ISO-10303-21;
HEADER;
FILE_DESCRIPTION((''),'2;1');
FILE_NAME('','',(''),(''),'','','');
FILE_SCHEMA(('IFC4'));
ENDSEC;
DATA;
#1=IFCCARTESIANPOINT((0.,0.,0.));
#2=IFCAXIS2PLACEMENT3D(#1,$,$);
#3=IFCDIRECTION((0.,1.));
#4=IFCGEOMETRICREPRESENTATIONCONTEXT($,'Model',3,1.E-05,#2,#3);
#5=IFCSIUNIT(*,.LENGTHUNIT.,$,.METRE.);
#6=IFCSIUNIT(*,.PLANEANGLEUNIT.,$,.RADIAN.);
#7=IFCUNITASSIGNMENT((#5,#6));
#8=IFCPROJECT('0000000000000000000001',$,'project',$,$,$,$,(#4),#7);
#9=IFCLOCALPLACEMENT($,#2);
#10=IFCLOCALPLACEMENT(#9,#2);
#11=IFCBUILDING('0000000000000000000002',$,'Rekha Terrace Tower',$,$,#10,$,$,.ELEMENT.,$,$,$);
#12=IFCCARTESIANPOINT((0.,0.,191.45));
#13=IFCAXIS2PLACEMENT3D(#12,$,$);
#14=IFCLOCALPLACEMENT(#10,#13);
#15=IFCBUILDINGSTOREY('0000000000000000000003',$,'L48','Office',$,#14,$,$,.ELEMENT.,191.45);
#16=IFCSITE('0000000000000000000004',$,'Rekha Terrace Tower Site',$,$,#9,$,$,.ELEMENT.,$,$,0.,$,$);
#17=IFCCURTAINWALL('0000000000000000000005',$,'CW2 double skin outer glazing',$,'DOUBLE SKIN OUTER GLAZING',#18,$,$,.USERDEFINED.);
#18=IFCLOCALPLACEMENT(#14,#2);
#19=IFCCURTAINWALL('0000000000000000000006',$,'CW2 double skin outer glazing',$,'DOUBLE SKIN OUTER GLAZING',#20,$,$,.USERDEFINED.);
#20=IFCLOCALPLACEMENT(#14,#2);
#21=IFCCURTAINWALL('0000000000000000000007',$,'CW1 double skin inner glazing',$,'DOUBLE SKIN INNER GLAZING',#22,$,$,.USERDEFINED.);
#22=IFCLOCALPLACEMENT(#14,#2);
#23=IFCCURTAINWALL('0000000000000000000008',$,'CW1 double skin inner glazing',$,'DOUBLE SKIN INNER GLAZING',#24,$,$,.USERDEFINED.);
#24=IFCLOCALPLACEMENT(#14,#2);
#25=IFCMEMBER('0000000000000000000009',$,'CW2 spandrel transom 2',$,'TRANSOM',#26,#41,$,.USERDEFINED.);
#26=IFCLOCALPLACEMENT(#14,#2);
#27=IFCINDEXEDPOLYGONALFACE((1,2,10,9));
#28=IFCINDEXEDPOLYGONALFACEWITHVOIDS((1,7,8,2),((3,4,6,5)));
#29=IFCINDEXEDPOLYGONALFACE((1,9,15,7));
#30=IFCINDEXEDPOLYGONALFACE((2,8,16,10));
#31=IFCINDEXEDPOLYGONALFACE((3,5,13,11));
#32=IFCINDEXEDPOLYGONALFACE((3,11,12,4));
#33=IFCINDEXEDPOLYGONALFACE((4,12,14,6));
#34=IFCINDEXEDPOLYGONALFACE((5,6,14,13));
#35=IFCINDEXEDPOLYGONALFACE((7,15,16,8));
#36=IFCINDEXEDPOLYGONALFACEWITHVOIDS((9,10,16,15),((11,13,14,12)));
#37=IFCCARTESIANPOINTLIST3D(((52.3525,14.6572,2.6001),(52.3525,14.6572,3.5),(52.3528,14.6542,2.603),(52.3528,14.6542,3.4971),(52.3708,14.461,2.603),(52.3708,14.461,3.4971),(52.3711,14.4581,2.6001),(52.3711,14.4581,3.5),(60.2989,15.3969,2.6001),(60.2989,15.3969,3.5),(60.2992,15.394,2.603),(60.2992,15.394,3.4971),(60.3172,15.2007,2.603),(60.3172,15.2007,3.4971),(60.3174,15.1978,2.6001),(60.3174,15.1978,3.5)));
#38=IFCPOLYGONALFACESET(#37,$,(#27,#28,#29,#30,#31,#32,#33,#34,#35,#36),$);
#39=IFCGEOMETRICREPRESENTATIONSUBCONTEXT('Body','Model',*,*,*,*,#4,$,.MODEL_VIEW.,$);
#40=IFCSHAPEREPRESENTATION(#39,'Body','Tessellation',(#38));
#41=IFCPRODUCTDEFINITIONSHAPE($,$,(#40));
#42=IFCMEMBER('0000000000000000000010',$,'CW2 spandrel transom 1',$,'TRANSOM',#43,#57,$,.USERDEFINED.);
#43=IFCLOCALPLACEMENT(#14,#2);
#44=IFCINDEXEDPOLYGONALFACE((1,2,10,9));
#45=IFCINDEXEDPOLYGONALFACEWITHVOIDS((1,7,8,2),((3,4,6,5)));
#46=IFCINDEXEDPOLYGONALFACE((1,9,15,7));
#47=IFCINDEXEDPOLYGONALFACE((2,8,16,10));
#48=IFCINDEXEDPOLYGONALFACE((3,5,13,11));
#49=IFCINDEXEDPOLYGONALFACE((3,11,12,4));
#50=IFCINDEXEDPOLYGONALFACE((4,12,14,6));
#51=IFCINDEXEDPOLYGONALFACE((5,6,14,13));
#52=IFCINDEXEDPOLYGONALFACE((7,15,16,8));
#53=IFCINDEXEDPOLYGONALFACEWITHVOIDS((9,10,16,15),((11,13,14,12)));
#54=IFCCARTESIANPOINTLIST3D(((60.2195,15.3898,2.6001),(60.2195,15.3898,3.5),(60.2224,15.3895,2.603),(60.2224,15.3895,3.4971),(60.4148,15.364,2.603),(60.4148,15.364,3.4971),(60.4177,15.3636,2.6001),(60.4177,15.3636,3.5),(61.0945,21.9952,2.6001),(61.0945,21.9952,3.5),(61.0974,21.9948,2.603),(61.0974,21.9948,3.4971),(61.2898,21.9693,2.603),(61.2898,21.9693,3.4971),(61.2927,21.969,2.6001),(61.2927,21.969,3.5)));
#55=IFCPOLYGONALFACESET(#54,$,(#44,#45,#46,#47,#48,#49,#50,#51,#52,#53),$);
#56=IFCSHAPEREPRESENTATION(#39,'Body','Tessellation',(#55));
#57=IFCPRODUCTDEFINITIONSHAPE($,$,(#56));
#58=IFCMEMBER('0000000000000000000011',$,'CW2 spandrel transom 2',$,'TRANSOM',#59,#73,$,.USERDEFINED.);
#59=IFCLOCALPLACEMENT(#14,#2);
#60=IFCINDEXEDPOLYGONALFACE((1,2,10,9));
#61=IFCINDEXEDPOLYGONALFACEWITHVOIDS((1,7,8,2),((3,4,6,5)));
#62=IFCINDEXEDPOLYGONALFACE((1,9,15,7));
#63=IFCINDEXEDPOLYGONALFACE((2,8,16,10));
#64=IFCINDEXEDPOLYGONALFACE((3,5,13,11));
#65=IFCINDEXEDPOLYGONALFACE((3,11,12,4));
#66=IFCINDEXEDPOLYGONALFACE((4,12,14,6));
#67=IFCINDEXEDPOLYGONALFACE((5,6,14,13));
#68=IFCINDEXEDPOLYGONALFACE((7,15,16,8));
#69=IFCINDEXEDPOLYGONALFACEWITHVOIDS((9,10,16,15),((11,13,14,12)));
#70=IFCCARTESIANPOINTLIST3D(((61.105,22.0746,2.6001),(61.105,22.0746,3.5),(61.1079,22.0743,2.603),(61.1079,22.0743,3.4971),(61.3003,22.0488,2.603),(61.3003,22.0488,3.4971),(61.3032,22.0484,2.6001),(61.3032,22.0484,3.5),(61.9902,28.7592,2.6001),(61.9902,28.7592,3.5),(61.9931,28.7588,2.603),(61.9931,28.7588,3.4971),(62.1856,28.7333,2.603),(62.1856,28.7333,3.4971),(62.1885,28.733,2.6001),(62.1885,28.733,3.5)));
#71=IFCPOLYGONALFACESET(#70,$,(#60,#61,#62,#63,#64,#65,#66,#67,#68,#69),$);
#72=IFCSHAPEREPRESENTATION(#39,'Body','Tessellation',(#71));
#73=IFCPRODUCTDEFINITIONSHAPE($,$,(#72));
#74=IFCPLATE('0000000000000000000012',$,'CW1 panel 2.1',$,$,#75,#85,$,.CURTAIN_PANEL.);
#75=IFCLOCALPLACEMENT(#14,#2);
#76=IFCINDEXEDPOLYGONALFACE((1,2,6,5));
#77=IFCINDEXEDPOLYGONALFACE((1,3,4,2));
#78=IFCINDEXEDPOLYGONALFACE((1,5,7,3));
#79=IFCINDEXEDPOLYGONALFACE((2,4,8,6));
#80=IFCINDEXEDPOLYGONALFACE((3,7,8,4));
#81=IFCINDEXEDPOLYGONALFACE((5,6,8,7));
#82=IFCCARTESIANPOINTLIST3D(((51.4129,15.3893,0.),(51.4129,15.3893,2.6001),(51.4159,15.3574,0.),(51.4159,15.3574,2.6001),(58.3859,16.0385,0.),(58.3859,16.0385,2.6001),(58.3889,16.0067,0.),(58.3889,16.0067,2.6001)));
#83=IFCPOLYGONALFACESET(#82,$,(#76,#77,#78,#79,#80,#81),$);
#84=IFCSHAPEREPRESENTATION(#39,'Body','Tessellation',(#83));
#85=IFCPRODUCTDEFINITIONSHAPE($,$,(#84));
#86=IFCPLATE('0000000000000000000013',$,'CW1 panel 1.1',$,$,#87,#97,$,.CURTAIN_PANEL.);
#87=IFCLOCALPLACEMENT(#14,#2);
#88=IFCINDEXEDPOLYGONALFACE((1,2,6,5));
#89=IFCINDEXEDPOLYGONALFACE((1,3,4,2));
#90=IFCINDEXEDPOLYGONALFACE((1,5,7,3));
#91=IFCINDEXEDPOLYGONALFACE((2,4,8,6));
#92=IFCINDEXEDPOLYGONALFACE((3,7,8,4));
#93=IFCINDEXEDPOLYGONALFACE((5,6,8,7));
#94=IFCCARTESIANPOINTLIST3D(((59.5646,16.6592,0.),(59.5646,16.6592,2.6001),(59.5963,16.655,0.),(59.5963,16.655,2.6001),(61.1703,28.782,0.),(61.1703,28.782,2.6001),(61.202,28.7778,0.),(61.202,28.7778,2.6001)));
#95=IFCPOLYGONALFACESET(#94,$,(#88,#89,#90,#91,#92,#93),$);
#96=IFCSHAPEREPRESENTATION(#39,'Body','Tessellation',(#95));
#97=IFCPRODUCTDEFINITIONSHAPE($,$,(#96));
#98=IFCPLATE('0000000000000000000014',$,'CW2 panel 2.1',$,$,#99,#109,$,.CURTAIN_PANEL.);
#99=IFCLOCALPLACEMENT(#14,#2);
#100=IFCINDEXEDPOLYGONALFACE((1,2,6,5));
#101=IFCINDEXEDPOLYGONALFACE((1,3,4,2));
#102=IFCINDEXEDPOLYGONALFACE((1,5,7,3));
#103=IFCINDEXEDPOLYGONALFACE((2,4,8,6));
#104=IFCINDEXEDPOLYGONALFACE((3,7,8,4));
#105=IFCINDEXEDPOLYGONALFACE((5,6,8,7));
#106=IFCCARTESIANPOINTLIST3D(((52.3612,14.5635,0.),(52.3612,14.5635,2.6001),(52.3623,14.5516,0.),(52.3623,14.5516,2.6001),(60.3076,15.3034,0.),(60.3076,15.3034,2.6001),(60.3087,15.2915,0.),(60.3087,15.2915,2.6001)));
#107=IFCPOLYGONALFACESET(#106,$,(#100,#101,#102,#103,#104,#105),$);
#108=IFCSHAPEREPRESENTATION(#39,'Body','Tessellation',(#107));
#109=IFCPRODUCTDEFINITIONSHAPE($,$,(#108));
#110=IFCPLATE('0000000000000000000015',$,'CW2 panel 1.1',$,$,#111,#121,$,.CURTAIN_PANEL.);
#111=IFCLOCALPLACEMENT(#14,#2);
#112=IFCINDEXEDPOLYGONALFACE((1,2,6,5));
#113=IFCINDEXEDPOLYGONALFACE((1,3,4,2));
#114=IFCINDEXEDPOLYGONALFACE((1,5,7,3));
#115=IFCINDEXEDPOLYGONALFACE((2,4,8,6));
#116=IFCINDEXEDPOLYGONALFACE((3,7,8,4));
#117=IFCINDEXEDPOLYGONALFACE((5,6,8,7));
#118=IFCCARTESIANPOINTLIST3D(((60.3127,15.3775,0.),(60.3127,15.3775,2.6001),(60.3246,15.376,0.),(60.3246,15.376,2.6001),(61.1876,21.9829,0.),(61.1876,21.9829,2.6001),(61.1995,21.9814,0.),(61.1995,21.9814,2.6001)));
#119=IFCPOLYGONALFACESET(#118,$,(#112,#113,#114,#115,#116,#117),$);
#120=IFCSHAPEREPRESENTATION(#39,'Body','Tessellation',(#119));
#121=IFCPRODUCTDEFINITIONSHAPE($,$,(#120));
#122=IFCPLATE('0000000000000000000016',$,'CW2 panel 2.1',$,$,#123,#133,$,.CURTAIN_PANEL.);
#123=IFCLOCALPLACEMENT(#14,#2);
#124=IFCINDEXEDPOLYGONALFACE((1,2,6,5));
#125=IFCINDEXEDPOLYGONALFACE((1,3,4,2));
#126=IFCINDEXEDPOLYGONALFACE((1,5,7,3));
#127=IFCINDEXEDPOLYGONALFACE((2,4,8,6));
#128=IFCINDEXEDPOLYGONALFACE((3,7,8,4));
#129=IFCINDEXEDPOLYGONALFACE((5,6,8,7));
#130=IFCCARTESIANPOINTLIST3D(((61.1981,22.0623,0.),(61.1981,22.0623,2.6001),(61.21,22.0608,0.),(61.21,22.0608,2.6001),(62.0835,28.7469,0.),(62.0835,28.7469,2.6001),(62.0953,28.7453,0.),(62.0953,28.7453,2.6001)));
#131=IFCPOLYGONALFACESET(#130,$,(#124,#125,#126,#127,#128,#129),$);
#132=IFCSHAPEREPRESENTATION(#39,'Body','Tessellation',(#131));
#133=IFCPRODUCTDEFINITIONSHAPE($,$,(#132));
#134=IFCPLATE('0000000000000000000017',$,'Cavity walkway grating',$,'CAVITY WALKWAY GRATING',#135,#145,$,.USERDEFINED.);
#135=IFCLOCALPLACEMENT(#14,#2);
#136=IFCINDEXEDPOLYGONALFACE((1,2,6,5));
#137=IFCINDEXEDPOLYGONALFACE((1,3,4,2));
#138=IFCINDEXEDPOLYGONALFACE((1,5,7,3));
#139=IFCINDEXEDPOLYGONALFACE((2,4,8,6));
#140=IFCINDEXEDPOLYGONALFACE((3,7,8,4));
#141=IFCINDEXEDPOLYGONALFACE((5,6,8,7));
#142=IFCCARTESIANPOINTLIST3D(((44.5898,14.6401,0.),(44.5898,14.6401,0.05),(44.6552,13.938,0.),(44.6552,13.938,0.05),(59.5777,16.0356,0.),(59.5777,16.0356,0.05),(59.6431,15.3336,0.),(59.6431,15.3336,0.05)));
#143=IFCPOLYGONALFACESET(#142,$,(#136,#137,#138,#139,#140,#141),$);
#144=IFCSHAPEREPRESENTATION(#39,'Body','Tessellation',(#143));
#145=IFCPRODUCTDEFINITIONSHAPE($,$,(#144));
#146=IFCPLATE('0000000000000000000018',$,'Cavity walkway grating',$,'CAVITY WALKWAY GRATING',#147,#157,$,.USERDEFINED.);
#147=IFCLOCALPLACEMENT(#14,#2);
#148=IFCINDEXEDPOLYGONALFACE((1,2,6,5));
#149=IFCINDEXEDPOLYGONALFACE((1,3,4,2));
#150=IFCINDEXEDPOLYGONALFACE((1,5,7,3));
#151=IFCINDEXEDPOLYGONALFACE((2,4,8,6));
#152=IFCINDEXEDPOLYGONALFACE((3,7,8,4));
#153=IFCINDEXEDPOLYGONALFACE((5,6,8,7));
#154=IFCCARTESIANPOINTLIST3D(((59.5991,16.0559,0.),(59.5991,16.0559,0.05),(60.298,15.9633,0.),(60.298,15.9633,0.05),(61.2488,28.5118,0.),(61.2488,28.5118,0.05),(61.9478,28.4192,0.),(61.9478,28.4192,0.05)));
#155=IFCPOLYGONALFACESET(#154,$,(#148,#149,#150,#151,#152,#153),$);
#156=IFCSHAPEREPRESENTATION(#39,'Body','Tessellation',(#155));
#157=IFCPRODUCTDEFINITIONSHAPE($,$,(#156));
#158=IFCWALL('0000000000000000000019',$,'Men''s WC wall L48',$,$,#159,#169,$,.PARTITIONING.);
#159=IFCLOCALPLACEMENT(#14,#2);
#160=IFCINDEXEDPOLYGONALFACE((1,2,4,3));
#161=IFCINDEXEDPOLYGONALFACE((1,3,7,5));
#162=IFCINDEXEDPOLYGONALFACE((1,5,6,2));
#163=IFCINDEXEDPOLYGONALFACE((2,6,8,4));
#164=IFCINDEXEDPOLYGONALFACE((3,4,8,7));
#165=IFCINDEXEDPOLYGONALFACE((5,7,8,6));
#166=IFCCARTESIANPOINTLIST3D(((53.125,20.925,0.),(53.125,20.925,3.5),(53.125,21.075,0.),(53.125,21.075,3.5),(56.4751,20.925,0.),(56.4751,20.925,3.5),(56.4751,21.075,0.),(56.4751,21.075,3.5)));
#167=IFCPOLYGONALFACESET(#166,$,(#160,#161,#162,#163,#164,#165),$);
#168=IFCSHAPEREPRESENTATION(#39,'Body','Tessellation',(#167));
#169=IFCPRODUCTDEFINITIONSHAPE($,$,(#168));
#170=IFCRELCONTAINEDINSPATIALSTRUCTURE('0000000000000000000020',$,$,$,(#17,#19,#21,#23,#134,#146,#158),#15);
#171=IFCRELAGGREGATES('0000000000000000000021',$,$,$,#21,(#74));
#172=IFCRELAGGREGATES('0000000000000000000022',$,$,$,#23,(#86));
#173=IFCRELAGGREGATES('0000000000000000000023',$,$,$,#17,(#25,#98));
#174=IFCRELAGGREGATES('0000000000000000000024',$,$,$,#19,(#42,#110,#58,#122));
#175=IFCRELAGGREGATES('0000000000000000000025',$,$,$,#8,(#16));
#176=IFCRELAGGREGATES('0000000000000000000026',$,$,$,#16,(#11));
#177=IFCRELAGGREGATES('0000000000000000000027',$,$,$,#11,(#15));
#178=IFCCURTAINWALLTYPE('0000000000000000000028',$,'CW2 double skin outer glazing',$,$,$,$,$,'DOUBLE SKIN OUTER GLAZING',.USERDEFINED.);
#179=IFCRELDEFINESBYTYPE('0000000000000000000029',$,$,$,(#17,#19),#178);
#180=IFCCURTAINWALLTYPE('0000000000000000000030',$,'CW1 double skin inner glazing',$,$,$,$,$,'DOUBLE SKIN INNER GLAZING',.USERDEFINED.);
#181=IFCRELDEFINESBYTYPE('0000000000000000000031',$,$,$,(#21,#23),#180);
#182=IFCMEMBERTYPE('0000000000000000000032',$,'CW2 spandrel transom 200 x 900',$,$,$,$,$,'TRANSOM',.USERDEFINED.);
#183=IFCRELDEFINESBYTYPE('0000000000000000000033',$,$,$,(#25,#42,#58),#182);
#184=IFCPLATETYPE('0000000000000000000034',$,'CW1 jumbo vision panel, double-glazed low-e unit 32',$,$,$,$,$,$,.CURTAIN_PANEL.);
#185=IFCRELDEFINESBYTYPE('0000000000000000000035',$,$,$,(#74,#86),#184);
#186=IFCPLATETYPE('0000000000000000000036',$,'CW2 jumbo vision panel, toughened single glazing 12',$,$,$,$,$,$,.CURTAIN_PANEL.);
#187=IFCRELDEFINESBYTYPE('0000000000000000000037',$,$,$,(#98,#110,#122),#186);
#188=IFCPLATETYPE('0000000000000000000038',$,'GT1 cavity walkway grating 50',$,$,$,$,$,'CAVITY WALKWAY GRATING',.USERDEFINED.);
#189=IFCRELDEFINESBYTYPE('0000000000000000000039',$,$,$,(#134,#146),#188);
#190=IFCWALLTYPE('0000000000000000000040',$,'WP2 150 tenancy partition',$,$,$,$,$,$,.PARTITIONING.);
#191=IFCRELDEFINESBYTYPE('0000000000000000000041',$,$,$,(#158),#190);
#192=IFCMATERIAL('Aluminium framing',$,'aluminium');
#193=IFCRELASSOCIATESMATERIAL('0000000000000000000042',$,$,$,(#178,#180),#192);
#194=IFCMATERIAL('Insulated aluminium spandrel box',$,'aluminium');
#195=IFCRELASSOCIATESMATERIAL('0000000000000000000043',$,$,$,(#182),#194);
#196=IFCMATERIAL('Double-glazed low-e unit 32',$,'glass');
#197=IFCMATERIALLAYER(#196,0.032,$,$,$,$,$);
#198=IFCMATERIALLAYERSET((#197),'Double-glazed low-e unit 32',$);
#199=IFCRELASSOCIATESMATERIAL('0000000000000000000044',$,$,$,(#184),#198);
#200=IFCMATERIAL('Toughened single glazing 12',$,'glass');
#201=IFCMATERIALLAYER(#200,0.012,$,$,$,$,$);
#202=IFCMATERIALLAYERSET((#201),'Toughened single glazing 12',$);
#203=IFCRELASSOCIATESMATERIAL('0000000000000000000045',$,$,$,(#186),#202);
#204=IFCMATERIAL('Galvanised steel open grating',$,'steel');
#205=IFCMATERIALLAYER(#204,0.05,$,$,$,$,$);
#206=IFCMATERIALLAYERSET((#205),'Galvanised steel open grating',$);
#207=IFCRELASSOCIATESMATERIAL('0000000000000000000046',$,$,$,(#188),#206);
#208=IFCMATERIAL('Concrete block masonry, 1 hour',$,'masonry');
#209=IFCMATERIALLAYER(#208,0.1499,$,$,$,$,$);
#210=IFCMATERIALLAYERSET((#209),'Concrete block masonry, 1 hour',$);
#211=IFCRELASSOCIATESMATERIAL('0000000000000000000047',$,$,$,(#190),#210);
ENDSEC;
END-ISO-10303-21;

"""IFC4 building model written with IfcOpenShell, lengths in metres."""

from ifc_helpers import new_model, si_unit, direction, frame, frame_2d, origin, origin_2d, place, context, subcontext, project, spatial, rectangle, hollow_rectangle, extrude, material, layer, layer_set, material_profile, profile_set, type_object, element, aggregate, save


model = new_model("IFC4")

# Units and contexts
model_context = context("Model", 3, precision=1e-05, world=origin(), true_north=direction((0.0, 1.0)))
body_context = subcontext(model_context, "Body", "Model", "MODEL_VIEW")
ifc_project = project(units=[si_unit("LENGTHUNIT", "METRE"), si_unit("PLANEANGLEUNIT", "RADIAN")], contexts=[model_context])

# Site, building, storey
site_placement = place(None, origin())
site = spatial("IfcSite", under=ifc_project, at=site_placement, Name="Rekha Terrace Tower Site", CompositionType="ELEMENT", RefElevation=0.0)
building_placement = place(site_placement, origin())
building = spatial("IfcBuilding", under=site, at=building_placement, Name="Rekha Terrace Tower", CompositionType="ELEMENT")
storey_placement = place(building_placement, frame((0.0, 0.0, 191.45)))
storey = spatial("IfcBuildingStorey", under=building, at=storey_placement, Name="L48", Description="Office", CompositionType="ELEMENT", Elevation=191.45)

# Curtain walls
ifc_material_1 = material(Name="Aluminium framing", Category="aluminium")
curtain_wall_type_1 = type_object("IfcCurtainWallType", Name="CW2 double skin outer glazing", ElementType="DOUBLE SKIN OUTER GLAZING", PredefinedType="USERDEFINED", material=ifc_material_1)
curtain_wall_1_placement = place(storey_placement, origin())
curtain_wall_1 = element("IfcCurtainWall", 1, at=curtain_wall_1_placement, inside=storey, type_object=curtain_wall_type_1, Name="CW2 double skin outer glazing", ObjectType="DOUBLE SKIN OUTER GLAZING", PredefinedType="USERDEFINED")
curtain_wall_2_placement = place(storey_placement, origin())
curtain_wall_2 = element("IfcCurtainWall", 2, at=curtain_wall_2_placement, inside=storey, type_object=curtain_wall_type_1, Name="CW2 double skin outer glazing", ObjectType="DOUBLE SKIN OUTER GLAZING", PredefinedType="USERDEFINED")
curtain_wall_type_2 = type_object("IfcCurtainWallType", Name="CW1 double skin inner glazing", ElementType="DOUBLE SKIN INNER GLAZING", PredefinedType="USERDEFINED", material=ifc_material_1)
curtain_wall_3_placement = place(storey_placement, origin())
curtain_wall_3 = element("IfcCurtainWall", 3, at=curtain_wall_3_placement, inside=storey, type_object=curtain_wall_type_2, Name="CW1 double skin inner glazing", ObjectType="DOUBLE SKIN INNER GLAZING", PredefinedType="USERDEFINED")

# Curtain wall
curtain_wall_4_placement = place(storey_placement, origin())
curtain_wall_4 = element("IfcCurtainWall", 4, at=curtain_wall_4_placement, inside=storey, type_object=curtain_wall_type_2, Name="CW1 double skin inner glazing", ObjectType="DOUBLE SKIN INNER GLAZING", PredefinedType="USERDEFINED")
ifc_material_2 = material(Name="Insulated aluminium spandrel box", Category="aluminium")

# Members
ifc_material_profile_1 = material_profile(ifc_material_2, hollow_rectangle(XDim=0.2, YDim=0.8999, WallThickness=0.0029, at=origin_2d()), Name="AL SPANDREL BOX 200x900")
ifc_profile_set_1 = profile_set([ifc_material_profile_1], Name="Insulated aluminium spandrel box")
member_type_1 = type_object("IfcMemberType", Name="CW2 spandrel transom 200 x 900", ElementType="TRANSOM", PredefinedType="USERDEFINED", material=ifc_profile_set_1)
member_1_placement = place(storey_placement, frame((52.3618, 14.5576, 3.05), z_axis=(0.995695, 0.092692, 0.0), x_axis=(-0.092692, 0.995695, 0.0)))
member_1 = element("IfcMember", 5, at=member_1_placement, type_object=member_type_1, Name="CW2 spandrel transom 2", ObjectType="TRANSOM", PredefinedType="USERDEFINED", context=body_context, shape_type="SweptSolid", body=[
    extrude(hollow_rectangle(XDim=0.2, YDim=0.8999, WallThickness=0.0029, at=origin_2d()), origin(), (0.0, 0.0, 1.0), 7.9807),
])
member_2_placement = place(storey_placement, frame((60.3186, 15.3767, 3.05), z_axis=(0.131319, 0.99134, 0.0), x_axis=(-0.99134, 0.131319, 0.0)))
member_2 = element("IfcMember", 6, at=member_2_placement, type_object=member_type_1, Name="CW2 spandrel transom 1", ObjectType="TRANSOM", PredefinedType="USERDEFINED", context=body_context, shape_type="SweptSolid", body=[
    extrude(hollow_rectangle(XDim=0.2, YDim=0.8999, WallThickness=0.0029, at=origin_2d()), origin(), (0.0, 0.0, 1.0), 6.6631),
])
member_3_placement = place(storey_placement, frame((61.2041, 22.0615, 3.05), z_axis=(0.131286, 0.991345, 0.0), x_axis=(-0.991345, 0.131286, 0.0)))
member_3 = element("IfcMember", 7, at=member_3_placement, type_object=member_type_1, Name="CW2 spandrel transom 2", ObjectType="TRANSOM", PredefinedType="USERDEFINED", context=body_context, shape_type="SweptSolid", body=[
    extrude(hollow_rectangle(XDim=0.2, YDim=0.8999, WallThickness=0.0029, at=origin_2d()), origin(), (0.0, 0.0, 1.0), 6.7429),
])

# Plates
ifc_material_3 = material(Name="Double-glazed low-e unit 32", Category="glass")
ifc_layer_1 = layer(ifc_material_3, 0.032)
ifc_layer_set_1 = layer_set([ifc_layer_1], Name="Double-glazed low-e unit 32")
plate_type_1 = type_object("IfcPlateType", Name="CW1 jumbo vision panel, double-glazed low-e unit 32", PredefinedType="CURTAIN_PANEL", material=ifc_layer_set_1)
plate_1_placement = place(storey_placement, frame((54.9009, 15.698, 0.0), z_axis=(0.0, 0.0, 1.0), x_axis=(0.995693, 0.092709, 0.0)))
plate_1 = element("IfcPlate", 8, at=plate_1_placement, type_object=plate_type_1, Name="CW1 panel 2.1", PredefinedType="CURTAIN_PANEL", context=body_context, shape_type="SweptSolid", body=[
    extrude(rectangle(XDim=7.0032, YDim=0.032, at=origin_2d()), origin(), (0.0, 0.0, 1.0), 2.6001),
])
aggregate(curtain_wall_3, [plate_1])
plate_2_placement = place(storey_placement, frame((60.3833, 22.7185, 0.0), z_axis=(0.0, 0.0, 1.0), x_axis=(0.131304, 0.991342, 0.0)))
plate_2 = element("IfcPlate", 9, at=plate_2_placement, type_object=plate_type_1, Name="CW1 panel 1.1", PredefinedType="CURTAIN_PANEL", context=body_context, shape_type="SweptSolid", body=[
    extrude(rectangle(XDim=12.2288, YDim=0.032, at=origin_2d()), origin(), (0.0, 0.0, 1.0), 2.6001),
])
aggregate(curtain_wall_4, [plate_2])
ifc_material_4 = material(Name="Toughened single glazing 12", Category="glass")
ifc_layer_2 = layer(ifc_material_4, 0.012)
ifc_layer_set_2 = layer_set([ifc_layer_2], Name="Toughened single glazing 12")
plate_type_2 = type_object("IfcPlateType", Name="CW2 jumbo vision panel, toughened single glazing 12", PredefinedType="CURTAIN_PANEL", material=ifc_layer_set_2)
plate_3_placement = place(storey_placement, frame((56.335, 14.9275, 0.0), z_axis=(0.0, 0.0, 1.0), x_axis=(0.995693, 0.092709, 0.0)))
plate_3 = element("IfcPlate", 10, at=plate_3_placement, type_object=plate_type_2, Name="CW2 panel 2.1", PredefinedType="CURTAIN_PANEL", context=body_context, shape_type="SweptSolid", body=[
    extrude(rectangle(XDim=7.9807, YDim=0.012, at=origin_2d()), origin(), (0.0, 0.0, 1.0), 2.6001),
])
aggregate(curtain_wall_1, [member_1, plate_3])
plate_4_placement = place(storey_placement, frame((60.7561, 18.6794, 0.0), z_axis=(0.0, 0.0, 1.0), x_axis=(0.131304, 0.991342, 0.0)))
plate_4 = element("IfcPlate", 11, at=plate_4_placement, type_object=plate_type_2, Name="CW2 panel 1.1", PredefinedType="CURTAIN_PANEL", context=body_context, shape_type="SweptSolid", body=[
    extrude(rectangle(XDim=6.6631, YDim=0.012, at=origin_2d()), origin(), (0.0, 0.0, 1.0), 2.6001),
])
plate_5_placement = place(storey_placement, frame((61.6467, 25.4038, 0.0), z_axis=(0.0, 0.0, 1.0), x_axis=(0.131304, 0.991342, 0.0)))
plate_5 = element("IfcPlate", 12, at=plate_5_placement, type_object=plate_type_2, Name="CW2 panel 2.1", PredefinedType="CURTAIN_PANEL", context=body_context, shape_type="SweptSolid", body=[
    extrude(rectangle(XDim=6.7429, YDim=0.012, at=origin_2d()), origin(), (0.0, 0.0, 1.0), 2.6001),
])
aggregate(curtain_wall_2, [member_2, plate_4, member_3, plate_5])

# Plates
ifc_material_5 = material(Name="Galvanised steel open grating", Category="steel")
ifc_layer_3 = layer(ifc_material_5, 0.05)
ifc_layer_set_3 = layer_set([ifc_layer_3], Name="Galvanised steel open grating")
plate_type_3 = type_object("IfcPlateType", Name="GT1 cavity walkway grating 50", ElementType="CAVITY WALKWAY GRATING", PredefinedType="USERDEFINED", material=ifc_layer_set_3)
plate_6_placement = place(storey_placement, frame((52.1165, 14.9868, 0.0), z_axis=(0.0, 0.0, 1.0), x_axis=(0.995693, 0.092709, 0.0)))
element("IfcPlate", 13, at=plate_6_placement, inside=storey, type_object=plate_type_3, Name="Cavity walkway grating", ObjectType="CAVITY WALKWAY GRATING", PredefinedType="USERDEFINED", context=body_context, shape_type="SweptSolid", body=[
    extrude(rectangle(XDim=15.0527, YDim=0.7051, at=origin_2d()), origin(), (0.0, 0.0, 1.0), 0.05),
])
plate_7_placement = place(storey_placement, frame((60.7734, 22.2375, 0.0), z_axis=(0.0, 0.0, 1.0), x_axis=(0.131304, 0.991342, 0.0)))
element("IfcPlate", 14, at=plate_7_placement, inside=storey, type_object=plate_type_3, Name="Cavity walkway grating", ObjectType="CAVITY WALKWAY GRATING", PredefinedType="USERDEFINED", context=body_context, shape_type="SweptSolid", body=[
    extrude(rectangle(XDim=12.5647, YDim=0.7051, at=origin_2d()), origin(), (0.0, 0.0, 1.0), 0.05),
])

# Wall
ifc_material_6 = material(Name="Concrete block masonry, 1 hour", Category="masonry")
ifc_layer_4 = layer(ifc_material_6, 0.1499)
ifc_layer_set_4 = layer_set([ifc_layer_4], Name="Concrete block masonry, 1 hour")
wall_type_1 = type_object("IfcWallType", Name="WP2 150 tenancy partition", PredefinedType="PARTITIONING", material=ifc_layer_set_4)
wall_1_placement = place(storey_placement, frame((53.125, 21.0, 0.0), z_axis=(0.0, 0.0, 1.0), x_axis=(1.0, 0.0, 0.0)))
element("IfcWall", 15, at=wall_1_placement, inside=storey, type_object=wall_type_1, Name="Men's WC wall L48", PredefinedType="PARTITIONING", context=body_context, shape_type="SweptSolid", body=[
    extrude(rectangle(XDim=3.3501, YDim=0.1499, at=frame_2d((1.675, 0.0))), origin(), (0.0, 0.0, 1.0), 3.5),
])

save(model, "model.ifc")
